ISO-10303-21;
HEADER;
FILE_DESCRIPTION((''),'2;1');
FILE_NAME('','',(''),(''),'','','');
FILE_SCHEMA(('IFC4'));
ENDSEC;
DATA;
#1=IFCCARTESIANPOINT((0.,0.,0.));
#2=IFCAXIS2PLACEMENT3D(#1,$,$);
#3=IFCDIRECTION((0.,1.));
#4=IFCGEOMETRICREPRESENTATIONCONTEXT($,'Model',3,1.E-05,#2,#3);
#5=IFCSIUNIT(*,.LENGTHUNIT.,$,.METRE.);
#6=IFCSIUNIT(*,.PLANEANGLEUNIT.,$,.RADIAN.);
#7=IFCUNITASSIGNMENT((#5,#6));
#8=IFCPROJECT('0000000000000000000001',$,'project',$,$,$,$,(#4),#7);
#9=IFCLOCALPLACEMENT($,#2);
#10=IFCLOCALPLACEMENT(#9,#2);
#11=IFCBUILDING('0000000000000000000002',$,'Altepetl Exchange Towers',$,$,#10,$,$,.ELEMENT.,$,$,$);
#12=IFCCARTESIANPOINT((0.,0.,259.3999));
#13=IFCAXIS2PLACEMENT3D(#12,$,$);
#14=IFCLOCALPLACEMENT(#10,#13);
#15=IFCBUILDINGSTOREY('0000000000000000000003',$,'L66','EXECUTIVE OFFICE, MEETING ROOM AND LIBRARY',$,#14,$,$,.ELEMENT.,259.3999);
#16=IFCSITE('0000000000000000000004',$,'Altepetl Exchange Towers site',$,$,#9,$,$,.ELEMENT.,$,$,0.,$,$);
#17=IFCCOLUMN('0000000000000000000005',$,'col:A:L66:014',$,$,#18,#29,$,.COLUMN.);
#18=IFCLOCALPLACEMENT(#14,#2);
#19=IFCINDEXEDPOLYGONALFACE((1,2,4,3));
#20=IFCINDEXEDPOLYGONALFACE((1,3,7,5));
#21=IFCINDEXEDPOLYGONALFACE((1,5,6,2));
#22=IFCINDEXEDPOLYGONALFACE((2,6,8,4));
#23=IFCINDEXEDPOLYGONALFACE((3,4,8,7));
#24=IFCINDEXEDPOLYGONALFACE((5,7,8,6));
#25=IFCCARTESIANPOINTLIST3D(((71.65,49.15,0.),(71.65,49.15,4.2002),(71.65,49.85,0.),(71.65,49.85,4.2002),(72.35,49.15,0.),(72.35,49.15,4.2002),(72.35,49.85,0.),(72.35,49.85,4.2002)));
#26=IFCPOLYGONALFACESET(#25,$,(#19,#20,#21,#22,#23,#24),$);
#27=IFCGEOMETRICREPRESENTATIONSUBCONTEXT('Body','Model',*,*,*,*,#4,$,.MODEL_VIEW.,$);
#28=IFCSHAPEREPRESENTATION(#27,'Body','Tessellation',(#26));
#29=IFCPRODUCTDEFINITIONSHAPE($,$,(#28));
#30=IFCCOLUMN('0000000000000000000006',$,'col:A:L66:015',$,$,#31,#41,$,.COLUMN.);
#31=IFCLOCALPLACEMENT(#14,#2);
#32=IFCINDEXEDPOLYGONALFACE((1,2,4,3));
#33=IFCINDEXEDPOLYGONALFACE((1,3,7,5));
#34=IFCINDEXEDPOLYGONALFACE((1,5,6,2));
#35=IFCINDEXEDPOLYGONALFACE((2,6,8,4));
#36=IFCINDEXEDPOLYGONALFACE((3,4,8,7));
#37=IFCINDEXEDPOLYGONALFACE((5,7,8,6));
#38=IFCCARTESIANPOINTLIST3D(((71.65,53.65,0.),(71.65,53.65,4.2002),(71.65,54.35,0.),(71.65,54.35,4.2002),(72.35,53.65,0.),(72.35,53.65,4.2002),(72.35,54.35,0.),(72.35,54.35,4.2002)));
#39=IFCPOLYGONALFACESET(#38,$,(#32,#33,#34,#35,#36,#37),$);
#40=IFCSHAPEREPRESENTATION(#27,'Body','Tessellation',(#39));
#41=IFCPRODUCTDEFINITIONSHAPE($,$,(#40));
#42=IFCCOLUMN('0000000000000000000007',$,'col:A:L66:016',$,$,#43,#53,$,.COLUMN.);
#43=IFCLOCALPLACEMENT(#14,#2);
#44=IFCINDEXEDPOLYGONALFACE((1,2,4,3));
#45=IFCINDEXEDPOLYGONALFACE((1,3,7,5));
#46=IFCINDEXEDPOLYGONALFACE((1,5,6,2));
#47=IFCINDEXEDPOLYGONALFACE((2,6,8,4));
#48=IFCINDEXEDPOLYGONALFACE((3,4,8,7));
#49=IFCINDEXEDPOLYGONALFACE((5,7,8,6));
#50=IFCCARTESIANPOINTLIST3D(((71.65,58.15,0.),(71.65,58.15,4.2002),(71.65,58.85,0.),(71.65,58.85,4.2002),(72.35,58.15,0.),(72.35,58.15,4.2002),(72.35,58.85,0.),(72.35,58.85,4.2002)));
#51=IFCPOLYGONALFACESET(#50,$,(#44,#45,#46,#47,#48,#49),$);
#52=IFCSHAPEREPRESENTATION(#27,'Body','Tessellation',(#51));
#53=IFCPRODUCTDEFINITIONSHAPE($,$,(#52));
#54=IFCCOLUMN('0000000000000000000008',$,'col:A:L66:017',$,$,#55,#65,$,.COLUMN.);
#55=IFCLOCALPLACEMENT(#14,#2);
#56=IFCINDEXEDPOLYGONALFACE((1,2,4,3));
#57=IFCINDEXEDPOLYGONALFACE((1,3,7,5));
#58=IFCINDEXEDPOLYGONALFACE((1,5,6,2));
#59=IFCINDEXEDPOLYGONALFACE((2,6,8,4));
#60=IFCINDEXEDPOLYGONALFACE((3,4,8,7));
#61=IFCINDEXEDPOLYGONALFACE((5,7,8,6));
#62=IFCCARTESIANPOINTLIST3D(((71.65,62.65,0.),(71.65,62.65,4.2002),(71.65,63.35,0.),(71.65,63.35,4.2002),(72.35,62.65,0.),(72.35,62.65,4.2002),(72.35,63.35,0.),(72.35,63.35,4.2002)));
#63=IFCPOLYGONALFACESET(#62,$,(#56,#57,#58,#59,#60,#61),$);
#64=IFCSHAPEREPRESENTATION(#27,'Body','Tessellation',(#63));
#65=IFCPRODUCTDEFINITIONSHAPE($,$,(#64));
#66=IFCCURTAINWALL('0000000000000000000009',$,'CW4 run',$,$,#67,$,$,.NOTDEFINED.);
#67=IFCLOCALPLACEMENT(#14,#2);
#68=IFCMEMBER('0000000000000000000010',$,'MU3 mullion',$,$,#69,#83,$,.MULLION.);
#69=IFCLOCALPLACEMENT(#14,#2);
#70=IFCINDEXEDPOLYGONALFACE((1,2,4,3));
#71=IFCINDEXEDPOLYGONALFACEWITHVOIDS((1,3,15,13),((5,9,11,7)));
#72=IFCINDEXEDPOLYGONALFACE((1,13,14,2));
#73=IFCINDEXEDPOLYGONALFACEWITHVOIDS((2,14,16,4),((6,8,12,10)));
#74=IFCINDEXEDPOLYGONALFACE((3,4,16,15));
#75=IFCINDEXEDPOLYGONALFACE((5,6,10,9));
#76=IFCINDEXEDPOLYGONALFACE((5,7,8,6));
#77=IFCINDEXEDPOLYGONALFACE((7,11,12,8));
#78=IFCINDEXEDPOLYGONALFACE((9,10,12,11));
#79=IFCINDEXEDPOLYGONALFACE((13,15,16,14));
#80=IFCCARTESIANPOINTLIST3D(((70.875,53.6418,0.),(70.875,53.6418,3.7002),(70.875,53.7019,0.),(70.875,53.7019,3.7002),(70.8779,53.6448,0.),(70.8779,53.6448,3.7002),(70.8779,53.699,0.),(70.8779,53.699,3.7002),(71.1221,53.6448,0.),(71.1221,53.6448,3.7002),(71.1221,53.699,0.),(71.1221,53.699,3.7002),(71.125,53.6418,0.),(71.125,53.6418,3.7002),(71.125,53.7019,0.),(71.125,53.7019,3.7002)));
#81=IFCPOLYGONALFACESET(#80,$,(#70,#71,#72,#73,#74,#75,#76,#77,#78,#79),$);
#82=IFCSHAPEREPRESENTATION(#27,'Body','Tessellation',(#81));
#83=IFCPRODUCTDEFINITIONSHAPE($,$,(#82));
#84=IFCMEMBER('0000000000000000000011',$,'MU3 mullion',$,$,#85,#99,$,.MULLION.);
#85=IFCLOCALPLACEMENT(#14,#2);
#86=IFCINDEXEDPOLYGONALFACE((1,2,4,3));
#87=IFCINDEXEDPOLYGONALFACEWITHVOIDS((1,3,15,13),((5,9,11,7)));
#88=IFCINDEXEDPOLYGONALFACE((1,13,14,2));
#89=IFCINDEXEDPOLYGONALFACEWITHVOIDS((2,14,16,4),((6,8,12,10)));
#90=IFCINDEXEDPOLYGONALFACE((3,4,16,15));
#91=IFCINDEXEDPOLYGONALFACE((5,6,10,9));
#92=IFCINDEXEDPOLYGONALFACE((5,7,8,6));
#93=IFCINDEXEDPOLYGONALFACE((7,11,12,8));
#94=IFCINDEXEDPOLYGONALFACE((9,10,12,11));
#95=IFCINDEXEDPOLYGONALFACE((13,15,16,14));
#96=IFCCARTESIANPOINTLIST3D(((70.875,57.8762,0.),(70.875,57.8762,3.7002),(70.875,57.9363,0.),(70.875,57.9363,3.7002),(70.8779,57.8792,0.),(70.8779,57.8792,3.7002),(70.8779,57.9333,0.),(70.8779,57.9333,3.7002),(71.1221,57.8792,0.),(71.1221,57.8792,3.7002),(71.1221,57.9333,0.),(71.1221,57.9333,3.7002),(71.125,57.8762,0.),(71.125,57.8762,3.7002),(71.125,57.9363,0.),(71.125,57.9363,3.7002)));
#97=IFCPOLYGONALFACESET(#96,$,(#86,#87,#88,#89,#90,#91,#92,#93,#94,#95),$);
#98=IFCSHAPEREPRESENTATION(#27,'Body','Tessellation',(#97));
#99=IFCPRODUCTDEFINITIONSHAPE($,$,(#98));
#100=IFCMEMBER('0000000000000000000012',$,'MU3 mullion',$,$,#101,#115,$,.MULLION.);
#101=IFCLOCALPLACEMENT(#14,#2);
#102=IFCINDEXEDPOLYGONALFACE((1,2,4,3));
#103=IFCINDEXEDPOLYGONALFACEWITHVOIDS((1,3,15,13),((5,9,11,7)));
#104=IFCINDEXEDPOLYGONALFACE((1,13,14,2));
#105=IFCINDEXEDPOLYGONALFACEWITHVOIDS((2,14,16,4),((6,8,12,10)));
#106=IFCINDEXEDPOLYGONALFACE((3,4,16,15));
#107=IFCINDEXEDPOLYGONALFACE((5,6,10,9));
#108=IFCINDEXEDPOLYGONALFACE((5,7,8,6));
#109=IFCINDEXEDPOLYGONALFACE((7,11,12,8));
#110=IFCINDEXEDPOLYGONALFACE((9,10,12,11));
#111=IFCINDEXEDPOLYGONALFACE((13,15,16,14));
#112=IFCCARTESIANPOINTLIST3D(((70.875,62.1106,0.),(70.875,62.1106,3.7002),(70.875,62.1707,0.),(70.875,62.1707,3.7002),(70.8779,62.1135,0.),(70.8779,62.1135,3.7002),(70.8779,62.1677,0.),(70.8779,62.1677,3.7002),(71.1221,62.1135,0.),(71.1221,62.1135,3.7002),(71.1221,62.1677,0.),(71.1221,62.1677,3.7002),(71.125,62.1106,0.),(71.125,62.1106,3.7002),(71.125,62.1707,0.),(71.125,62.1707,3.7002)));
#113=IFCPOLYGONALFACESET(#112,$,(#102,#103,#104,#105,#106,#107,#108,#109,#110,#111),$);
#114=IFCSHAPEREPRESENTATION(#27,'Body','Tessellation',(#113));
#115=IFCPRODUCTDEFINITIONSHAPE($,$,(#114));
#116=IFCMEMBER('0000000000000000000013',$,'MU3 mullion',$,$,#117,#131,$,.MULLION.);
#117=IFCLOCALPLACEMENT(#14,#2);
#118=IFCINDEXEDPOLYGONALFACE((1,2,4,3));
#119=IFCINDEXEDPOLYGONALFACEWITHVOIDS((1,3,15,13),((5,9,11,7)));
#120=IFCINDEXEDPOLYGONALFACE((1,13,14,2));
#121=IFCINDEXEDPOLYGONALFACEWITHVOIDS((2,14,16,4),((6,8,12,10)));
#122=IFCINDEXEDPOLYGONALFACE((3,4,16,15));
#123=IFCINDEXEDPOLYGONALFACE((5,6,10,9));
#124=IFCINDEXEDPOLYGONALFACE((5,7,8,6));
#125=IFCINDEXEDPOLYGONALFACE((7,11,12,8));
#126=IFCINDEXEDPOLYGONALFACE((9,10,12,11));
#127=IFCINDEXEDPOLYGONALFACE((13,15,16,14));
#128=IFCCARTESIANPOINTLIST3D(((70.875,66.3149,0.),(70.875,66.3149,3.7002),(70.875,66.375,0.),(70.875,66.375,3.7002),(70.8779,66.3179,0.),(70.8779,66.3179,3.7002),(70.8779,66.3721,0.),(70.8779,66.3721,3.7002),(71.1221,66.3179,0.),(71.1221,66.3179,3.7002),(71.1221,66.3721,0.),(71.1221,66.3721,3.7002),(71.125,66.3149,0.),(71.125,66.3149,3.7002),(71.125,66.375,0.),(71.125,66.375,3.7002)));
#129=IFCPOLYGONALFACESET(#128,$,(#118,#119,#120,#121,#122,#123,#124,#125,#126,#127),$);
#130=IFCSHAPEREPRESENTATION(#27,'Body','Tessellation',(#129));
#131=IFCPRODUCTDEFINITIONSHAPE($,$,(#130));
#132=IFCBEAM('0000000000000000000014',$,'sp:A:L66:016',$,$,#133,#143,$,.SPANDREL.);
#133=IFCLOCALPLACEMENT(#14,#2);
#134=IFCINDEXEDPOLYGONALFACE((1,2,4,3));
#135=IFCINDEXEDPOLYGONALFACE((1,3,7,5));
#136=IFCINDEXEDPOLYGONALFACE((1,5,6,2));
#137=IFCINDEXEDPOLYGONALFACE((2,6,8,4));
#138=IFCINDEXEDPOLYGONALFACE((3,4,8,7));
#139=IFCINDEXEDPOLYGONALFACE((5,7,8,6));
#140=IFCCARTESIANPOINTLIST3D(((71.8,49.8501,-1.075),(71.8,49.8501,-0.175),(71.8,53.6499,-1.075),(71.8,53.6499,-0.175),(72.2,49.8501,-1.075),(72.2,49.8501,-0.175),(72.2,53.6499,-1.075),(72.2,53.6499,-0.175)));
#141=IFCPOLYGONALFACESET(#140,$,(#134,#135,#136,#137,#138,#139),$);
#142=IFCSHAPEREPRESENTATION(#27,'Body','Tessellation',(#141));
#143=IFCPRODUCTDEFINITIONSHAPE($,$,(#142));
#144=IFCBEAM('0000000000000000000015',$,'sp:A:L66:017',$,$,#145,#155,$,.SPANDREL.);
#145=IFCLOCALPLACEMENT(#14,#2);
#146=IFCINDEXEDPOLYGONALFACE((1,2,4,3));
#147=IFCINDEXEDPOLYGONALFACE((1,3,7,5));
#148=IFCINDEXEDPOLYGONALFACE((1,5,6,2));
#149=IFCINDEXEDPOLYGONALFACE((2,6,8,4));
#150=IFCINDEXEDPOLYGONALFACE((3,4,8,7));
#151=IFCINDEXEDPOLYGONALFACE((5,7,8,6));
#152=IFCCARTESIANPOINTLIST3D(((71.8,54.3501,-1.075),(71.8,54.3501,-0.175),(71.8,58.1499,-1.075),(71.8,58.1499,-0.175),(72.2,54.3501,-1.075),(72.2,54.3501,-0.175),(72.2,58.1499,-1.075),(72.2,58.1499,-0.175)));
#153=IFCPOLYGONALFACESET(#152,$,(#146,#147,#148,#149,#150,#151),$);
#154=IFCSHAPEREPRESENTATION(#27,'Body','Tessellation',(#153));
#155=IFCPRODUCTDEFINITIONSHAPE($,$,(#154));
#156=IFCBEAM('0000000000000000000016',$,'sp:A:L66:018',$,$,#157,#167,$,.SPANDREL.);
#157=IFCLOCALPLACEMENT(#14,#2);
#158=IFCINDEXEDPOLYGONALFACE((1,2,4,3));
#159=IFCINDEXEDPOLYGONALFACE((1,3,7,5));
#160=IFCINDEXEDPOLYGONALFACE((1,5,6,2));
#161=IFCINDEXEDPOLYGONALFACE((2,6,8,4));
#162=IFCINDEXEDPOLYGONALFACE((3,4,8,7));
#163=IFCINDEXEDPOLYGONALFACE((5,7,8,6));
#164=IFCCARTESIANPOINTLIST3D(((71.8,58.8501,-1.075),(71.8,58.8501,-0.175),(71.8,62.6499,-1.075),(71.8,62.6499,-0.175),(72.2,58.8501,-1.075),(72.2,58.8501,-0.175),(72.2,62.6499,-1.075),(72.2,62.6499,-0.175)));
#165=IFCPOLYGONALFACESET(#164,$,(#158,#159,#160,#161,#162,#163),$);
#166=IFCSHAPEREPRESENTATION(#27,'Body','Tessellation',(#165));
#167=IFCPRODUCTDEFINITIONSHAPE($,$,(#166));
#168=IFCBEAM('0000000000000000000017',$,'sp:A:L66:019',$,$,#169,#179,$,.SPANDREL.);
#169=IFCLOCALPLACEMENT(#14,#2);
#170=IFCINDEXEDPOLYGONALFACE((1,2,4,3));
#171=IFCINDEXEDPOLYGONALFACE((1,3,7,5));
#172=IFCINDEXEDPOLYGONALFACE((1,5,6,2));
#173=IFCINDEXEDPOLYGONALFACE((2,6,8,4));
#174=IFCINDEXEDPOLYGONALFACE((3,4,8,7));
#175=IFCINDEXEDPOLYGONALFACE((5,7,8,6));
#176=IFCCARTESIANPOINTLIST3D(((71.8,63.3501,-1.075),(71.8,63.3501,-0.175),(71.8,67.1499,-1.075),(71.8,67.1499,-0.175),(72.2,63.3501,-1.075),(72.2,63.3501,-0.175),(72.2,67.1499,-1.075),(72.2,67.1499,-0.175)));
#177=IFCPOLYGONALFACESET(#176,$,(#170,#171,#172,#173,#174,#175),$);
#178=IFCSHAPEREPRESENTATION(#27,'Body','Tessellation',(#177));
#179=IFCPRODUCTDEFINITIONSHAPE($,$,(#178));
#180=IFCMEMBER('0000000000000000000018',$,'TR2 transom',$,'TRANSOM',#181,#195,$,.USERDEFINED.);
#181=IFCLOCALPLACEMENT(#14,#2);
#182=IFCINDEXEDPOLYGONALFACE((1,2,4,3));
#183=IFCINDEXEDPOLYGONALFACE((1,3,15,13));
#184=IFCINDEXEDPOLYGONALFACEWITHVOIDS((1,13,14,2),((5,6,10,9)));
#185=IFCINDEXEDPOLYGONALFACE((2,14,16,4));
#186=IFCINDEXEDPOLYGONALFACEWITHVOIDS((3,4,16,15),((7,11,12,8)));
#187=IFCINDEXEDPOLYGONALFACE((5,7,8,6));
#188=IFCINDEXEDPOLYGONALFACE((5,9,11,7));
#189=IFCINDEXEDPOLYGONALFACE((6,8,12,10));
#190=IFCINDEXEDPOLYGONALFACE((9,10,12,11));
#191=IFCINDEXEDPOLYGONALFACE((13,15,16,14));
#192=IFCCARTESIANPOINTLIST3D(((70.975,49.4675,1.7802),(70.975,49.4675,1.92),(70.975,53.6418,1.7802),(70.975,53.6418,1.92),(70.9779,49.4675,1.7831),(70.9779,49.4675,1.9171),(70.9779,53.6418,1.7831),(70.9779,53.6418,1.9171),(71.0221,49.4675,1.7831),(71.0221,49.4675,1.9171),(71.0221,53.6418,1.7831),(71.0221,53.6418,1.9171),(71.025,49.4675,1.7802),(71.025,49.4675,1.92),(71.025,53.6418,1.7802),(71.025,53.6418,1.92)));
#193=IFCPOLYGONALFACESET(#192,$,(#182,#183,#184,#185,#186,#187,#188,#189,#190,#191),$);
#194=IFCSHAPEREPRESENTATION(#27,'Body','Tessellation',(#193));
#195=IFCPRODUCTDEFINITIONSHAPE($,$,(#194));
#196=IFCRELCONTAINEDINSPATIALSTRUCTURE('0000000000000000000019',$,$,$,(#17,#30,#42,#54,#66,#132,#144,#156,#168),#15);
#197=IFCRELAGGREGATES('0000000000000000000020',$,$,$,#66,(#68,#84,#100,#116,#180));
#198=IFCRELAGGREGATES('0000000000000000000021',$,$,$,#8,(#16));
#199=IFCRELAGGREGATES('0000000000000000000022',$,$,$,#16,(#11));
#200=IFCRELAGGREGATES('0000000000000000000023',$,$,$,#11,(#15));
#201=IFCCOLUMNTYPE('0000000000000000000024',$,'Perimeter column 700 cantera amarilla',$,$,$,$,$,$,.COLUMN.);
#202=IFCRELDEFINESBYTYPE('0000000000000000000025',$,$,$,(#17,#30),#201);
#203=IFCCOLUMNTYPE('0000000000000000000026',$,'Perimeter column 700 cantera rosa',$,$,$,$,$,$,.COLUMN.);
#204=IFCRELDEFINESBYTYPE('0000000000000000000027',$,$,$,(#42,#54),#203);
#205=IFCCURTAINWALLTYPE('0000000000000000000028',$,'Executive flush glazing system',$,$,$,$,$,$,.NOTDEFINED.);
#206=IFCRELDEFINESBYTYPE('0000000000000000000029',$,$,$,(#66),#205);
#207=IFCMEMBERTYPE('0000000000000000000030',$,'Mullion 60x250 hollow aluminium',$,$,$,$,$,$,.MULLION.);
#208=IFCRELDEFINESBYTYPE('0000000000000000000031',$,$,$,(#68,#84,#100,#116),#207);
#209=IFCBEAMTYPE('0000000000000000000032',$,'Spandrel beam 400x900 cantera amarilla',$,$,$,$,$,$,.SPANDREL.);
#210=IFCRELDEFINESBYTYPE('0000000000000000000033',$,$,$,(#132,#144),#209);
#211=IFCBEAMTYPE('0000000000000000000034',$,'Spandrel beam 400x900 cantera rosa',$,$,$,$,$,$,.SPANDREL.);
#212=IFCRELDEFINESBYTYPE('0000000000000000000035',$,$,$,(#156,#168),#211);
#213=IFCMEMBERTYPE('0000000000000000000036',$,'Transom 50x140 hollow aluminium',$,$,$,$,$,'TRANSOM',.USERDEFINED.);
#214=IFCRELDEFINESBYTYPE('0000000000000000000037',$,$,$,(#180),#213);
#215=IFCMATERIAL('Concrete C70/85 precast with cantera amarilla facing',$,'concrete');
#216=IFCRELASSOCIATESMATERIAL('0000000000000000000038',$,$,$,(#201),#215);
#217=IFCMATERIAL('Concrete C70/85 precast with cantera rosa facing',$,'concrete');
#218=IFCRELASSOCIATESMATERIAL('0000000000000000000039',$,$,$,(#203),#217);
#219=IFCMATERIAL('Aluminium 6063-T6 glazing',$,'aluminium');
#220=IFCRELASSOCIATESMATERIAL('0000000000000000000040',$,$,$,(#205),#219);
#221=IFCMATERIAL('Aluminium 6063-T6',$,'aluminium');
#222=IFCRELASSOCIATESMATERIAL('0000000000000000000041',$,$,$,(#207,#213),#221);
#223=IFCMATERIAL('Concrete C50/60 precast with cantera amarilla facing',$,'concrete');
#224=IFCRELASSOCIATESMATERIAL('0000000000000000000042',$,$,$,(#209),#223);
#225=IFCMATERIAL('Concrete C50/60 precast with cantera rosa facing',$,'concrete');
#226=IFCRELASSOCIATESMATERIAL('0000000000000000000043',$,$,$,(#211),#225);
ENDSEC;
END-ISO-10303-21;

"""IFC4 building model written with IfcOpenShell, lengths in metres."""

from ifc_helpers import new_model, si_unit, direction, frame, origin, origin_2d, place, context, subcontext, project, spatial, rectangle, hollow_rectangle, extrude, material, material_profile, profile_set, type_object, element, aggregate, save


model = new_model("IFC4")

# Units and contexts
model_context = context("Model", 3, precision=1e-05, world=origin(), true_north=direction((0.0, 1.0)))
body_context = subcontext(model_context, "Body", "Model", "MODEL_VIEW")
ifc_project = project(units=[si_unit("LENGTHUNIT", "METRE"), si_unit("PLANEANGLEUNIT", "RADIAN")], contexts=[model_context])

# Site, building, storey
site_placement = place(None, origin())
site = spatial("IfcSite", under=ifc_project, at=site_placement, Name="Altepetl Exchange Towers site", CompositionType="ELEMENT", RefElevation=0.0)
building_placement = place(site_placement, origin())
building = spatial("IfcBuilding", under=site, at=building_placement, Name="Altepetl Exchange Towers", CompositionType="ELEMENT")
storey_placement = place(building_placement, frame((0.0, 0.0, 259.3999)))
storey = spatial("IfcBuildingStorey", under=building, at=storey_placement, Name="L66", Description="EXECUTIVE OFFICE, MEETING ROOM AND LIBRARY", CompositionType="ELEMENT", Elevation=259.3999)

# Columns
ifc_material_1 = material(Name="Concrete C70/85 precast with cantera amarilla facing", Category="concrete")
ifc_material_profile_1 = material_profile(ifc_material_1, rectangle(XDim=0.7, YDim=0.7, at=origin_2d()), Name="700 x 700")
ifc_profile_set_1 = profile_set([ifc_material_profile_1], Name="Concrete C70/85 precast with cantera amarilla facing")
column_type_1 = type_object("IfcColumnType", Name="Perimeter column 700 cantera amarilla", PredefinedType="COLUMN", material=ifc_profile_set_1)
for number, where, name in (
    (1, (72.0, 49.5, 0.0), "col:A:L66:014"),
    (2, (72.0, 54.0, 0.0), "col:A:L66:015"),
):
    element("IfcColumn", number, at=place(storey_placement, frame(where)), inside=storey, type_object=column_type_1, Name=name, PredefinedType="COLUMN", context=body_context, shape_type="SweptSolid", body=[
        extrude(rectangle(XDim=0.7, YDim=0.7, at=origin_2d()), origin(), (0.0, 0.0, 1.0), 4.2002),
    ])
ifc_material_2 = material(Name="Concrete C70/85 precast with cantera rosa facing", Category="concrete")
ifc_material_profile_2 = material_profile(ifc_material_2, rectangle(XDim=0.7, YDim=0.7, at=origin_2d()), Name="700 x 700")
ifc_profile_set_2 = profile_set([ifc_material_profile_2], Name="Concrete C70/85 precast with cantera rosa facing")
column_type_2 = type_object("IfcColumnType", Name="Perimeter column 700 cantera rosa", PredefinedType="COLUMN", material=ifc_profile_set_2)
for number, where, name in (
    (3, (72.0, 58.5, 0.0), "col:A:L66:016"),
    (4, (72.0, 63.0, 0.0), "col:A:L66:017"),
):
    element("IfcColumn", number, at=place(storey_placement, frame(where)), inside=storey, type_object=column_type_2, Name=name, PredefinedType="COLUMN", context=body_context, shape_type="SweptSolid", body=[
        extrude(rectangle(XDim=0.7, YDim=0.7, at=origin_2d()), origin(), (0.0, 0.0, 1.0), 4.2002),
    ])

# Curtain wall, members
ifc_material_3 = material(Name="Aluminium 6063-T6 glazing", Category="aluminium")
curtain_wall_type = type_object("IfcCurtainWallType", Name="Executive flush glazing system", PredefinedType="NOTDEFINED", material=ifc_material_3)
curtain_wall_placement = place(storey_placement, origin())
curtain_wall = element("IfcCurtainWall", 5, at=curtain_wall_placement, inside=storey, type_object=curtain_wall_type, Name="CW4 run", PredefinedType="NOTDEFINED")
ifc_material_4 = material(Name="Aluminium 6063-T6", Category="aluminium")
ifc_material_profile_3 = material_profile(ifc_material_4, hollow_rectangle(XDim=0.0601, YDim=0.25, WallThickness=0.0029, at=origin_2d()), Name="Mullion 60x250 hollow aluminium")
ifc_profile_set_3 = profile_set([ifc_material_profile_3], Name="Aluminium 6063-T6")
member_type_1 = type_object("IfcMemberType", Name="Mullion 60x250 hollow aluminium", PredefinedType="MULLION", material=ifc_profile_set_3)
member_1_placement = place(storey_placement, frame((71.0, 53.6719, 0.0), z_axis=(0.0, 0.0, 1.0), x_axis=(0.0, 1.0, 0.0)))
member_1 = element("IfcMember", 6, at=member_1_placement, type_object=member_type_1, Name="MU3 mullion", PredefinedType="MULLION", context=body_context, shape_type="SweptSolid", body=[
    extrude(hollow_rectangle(XDim=0.0601, YDim=0.25, WallThickness=0.0029, at=origin_2d()), origin(), (0.0, 0.0, 1.0), 3.7002),
])
member_2_placement = place(storey_placement, frame((71.0, 57.9062, 0.0), z_axis=(0.0, 0.0, 1.0), x_axis=(0.0, 1.0, 0.0)))
member_2 = element("IfcMember", 7, at=member_2_placement, type_object=member_type_1, Name="MU3 mullion", PredefinedType="MULLION", context=body_context, shape_type="SweptSolid", body=[
    extrude(hollow_rectangle(XDim=0.0601, YDim=0.25, WallThickness=0.0029, at=origin_2d()), origin(), (0.0, 0.0, 1.0), 3.7002),
])
member_3_placement = place(storey_placement, frame((71.0, 62.1406, 0.0), z_axis=(0.0, 0.0, 1.0), x_axis=(0.0, 1.0, 0.0)))
member_3 = element("IfcMember", 8, at=member_3_placement, type_object=member_type_1, Name="MU3 mullion", PredefinedType="MULLION", context=body_context, shape_type="SweptSolid", body=[
    extrude(hollow_rectangle(XDim=0.0601, YDim=0.25, WallThickness=0.0029, at=origin_2d()), origin(), (0.0, 0.0, 1.0), 3.7002),
])
member_4_placement = place(storey_placement, frame((71.0, 66.345, 0.0), z_axis=(0.0, 0.0, 1.0), x_axis=(0.0, 1.0, 0.0)))
member_4 = element("IfcMember", 9, at=member_4_placement, type_object=member_type_1, Name="MU3 mullion", PredefinedType="MULLION", context=body_context, shape_type="SweptSolid", body=[
    extrude(hollow_rectangle(XDim=0.0601, YDim=0.25, WallThickness=0.0029, at=origin_2d()), origin(), (0.0, 0.0, 1.0), 3.7002),
])

# Beams
ifc_material_5 = material(Name="Concrete C50/60 precast with cantera amarilla facing", Category="concrete")
ifc_material_profile_4 = material_profile(ifc_material_5, rectangle(XDim=0.3999, YDim=0.8999, at=origin_2d()), Name="400 x 900")
ifc_profile_set_4 = profile_set([ifc_material_profile_4], Name="Concrete C50/60 precast with cantera amarilla facing")
beam_type_1 = type_object("IfcBeamType", Name="Spandrel beam 400x900 cantera amarilla", PredefinedType="SPANDREL", material=ifc_profile_set_4)
for number, where, z_axis, x_axis, name in (
    (10, (72.0, 49.8501, -0.625), (0.0, 1.0, 0.0), (-1.0, 0.0, 0.0), "sp:A:L66:016"),
    (11, (72.0, 54.3501, -0.625), (0.0, 1.0, 0.0), (-1.0, 0.0, 0.0), "sp:A:L66:017"),
):
    element("IfcBeam", number, at=place(storey_placement, frame(where, z_axis=z_axis, x_axis=x_axis)), inside=storey, type_object=beam_type_1, Name=name, PredefinedType="SPANDREL", context=body_context, shape_type="SweptSolid", body=[
        extrude(rectangle(XDim=0.3999, YDim=0.8999, at=origin_2d()), origin(), (0.0, 0.0, 1.0), 3.7998),
    ])
ifc_material_6 = material(Name="Concrete C50/60 precast with cantera rosa facing", Category="concrete")
ifc_material_profile_5 = material_profile(ifc_material_6, rectangle(XDim=0.3999, YDim=0.8999, at=origin_2d()), Name="400 x 900")
ifc_profile_set_5 = profile_set([ifc_material_profile_5], Name="Concrete C50/60 precast with cantera rosa facing")
beam_type_2 = type_object("IfcBeamType", Name="Spandrel beam 400x900 cantera rosa", PredefinedType="SPANDREL", material=ifc_profile_set_5)
for number, where, z_axis, x_axis, name in (
    (12, (72.0, 58.8501, -0.625), (0.0, 1.0, 0.0), (-1.0, 0.0, 0.0), "sp:A:L66:018"),
    (13, (72.0, 63.3501, -0.625), (0.0, 1.0, 0.0), (-1.0, 0.0, 0.0), "sp:A:L66:019"),
):
    element("IfcBeam", number, at=place(storey_placement, frame(where, z_axis=z_axis, x_axis=x_axis)), inside=storey, type_object=beam_type_2, Name=name, PredefinedType="SPANDREL", context=body_context, shape_type="SweptSolid", body=[
        extrude(rectangle(XDim=0.3999, YDim=0.8999, at=origin_2d()), origin(), (0.0, 0.0, 1.0), 3.7998),
    ])

# Member
ifc_material_profile_6 = material_profile(ifc_material_4, hollow_rectangle(XDim=0.05, YDim=0.1399, WallThickness=0.0029, at=origin_2d()), Name="Transom 50x140 hollow aluminium")
ifc_profile_set_6 = profile_set([ifc_material_profile_6], Name="Aluminium 6063-T6")
member_type_2 = type_object("IfcMemberType", Name="Transom 50x140 hollow aluminium", ElementType="TRANSOM", PredefinedType="USERDEFINED", material=ifc_profile_set_6)
member_5_placement = place(storey_placement, frame((71.0, 49.4675, 1.8501), z_axis=(0.0, 1.0, 0.0), x_axis=(-1.0, 0.0, 0.0)))
member_5 = element("IfcMember", 14, at=member_5_placement, type_object=member_type_2, Name="TR2 transom", ObjectType="TRANSOM", PredefinedType="USERDEFINED", context=body_context, shape_type="SweptSolid", body=[
    extrude(hollow_rectangle(XDim=0.05, YDim=0.1399, WallThickness=0.0029, at=origin_2d()), origin(), (0.0, 0.0, 1.0), 4.1743),
])

aggregate(curtain_wall, [member_1, member_2, member_3, member_4, member_5])

save(model, "model.ifc")
